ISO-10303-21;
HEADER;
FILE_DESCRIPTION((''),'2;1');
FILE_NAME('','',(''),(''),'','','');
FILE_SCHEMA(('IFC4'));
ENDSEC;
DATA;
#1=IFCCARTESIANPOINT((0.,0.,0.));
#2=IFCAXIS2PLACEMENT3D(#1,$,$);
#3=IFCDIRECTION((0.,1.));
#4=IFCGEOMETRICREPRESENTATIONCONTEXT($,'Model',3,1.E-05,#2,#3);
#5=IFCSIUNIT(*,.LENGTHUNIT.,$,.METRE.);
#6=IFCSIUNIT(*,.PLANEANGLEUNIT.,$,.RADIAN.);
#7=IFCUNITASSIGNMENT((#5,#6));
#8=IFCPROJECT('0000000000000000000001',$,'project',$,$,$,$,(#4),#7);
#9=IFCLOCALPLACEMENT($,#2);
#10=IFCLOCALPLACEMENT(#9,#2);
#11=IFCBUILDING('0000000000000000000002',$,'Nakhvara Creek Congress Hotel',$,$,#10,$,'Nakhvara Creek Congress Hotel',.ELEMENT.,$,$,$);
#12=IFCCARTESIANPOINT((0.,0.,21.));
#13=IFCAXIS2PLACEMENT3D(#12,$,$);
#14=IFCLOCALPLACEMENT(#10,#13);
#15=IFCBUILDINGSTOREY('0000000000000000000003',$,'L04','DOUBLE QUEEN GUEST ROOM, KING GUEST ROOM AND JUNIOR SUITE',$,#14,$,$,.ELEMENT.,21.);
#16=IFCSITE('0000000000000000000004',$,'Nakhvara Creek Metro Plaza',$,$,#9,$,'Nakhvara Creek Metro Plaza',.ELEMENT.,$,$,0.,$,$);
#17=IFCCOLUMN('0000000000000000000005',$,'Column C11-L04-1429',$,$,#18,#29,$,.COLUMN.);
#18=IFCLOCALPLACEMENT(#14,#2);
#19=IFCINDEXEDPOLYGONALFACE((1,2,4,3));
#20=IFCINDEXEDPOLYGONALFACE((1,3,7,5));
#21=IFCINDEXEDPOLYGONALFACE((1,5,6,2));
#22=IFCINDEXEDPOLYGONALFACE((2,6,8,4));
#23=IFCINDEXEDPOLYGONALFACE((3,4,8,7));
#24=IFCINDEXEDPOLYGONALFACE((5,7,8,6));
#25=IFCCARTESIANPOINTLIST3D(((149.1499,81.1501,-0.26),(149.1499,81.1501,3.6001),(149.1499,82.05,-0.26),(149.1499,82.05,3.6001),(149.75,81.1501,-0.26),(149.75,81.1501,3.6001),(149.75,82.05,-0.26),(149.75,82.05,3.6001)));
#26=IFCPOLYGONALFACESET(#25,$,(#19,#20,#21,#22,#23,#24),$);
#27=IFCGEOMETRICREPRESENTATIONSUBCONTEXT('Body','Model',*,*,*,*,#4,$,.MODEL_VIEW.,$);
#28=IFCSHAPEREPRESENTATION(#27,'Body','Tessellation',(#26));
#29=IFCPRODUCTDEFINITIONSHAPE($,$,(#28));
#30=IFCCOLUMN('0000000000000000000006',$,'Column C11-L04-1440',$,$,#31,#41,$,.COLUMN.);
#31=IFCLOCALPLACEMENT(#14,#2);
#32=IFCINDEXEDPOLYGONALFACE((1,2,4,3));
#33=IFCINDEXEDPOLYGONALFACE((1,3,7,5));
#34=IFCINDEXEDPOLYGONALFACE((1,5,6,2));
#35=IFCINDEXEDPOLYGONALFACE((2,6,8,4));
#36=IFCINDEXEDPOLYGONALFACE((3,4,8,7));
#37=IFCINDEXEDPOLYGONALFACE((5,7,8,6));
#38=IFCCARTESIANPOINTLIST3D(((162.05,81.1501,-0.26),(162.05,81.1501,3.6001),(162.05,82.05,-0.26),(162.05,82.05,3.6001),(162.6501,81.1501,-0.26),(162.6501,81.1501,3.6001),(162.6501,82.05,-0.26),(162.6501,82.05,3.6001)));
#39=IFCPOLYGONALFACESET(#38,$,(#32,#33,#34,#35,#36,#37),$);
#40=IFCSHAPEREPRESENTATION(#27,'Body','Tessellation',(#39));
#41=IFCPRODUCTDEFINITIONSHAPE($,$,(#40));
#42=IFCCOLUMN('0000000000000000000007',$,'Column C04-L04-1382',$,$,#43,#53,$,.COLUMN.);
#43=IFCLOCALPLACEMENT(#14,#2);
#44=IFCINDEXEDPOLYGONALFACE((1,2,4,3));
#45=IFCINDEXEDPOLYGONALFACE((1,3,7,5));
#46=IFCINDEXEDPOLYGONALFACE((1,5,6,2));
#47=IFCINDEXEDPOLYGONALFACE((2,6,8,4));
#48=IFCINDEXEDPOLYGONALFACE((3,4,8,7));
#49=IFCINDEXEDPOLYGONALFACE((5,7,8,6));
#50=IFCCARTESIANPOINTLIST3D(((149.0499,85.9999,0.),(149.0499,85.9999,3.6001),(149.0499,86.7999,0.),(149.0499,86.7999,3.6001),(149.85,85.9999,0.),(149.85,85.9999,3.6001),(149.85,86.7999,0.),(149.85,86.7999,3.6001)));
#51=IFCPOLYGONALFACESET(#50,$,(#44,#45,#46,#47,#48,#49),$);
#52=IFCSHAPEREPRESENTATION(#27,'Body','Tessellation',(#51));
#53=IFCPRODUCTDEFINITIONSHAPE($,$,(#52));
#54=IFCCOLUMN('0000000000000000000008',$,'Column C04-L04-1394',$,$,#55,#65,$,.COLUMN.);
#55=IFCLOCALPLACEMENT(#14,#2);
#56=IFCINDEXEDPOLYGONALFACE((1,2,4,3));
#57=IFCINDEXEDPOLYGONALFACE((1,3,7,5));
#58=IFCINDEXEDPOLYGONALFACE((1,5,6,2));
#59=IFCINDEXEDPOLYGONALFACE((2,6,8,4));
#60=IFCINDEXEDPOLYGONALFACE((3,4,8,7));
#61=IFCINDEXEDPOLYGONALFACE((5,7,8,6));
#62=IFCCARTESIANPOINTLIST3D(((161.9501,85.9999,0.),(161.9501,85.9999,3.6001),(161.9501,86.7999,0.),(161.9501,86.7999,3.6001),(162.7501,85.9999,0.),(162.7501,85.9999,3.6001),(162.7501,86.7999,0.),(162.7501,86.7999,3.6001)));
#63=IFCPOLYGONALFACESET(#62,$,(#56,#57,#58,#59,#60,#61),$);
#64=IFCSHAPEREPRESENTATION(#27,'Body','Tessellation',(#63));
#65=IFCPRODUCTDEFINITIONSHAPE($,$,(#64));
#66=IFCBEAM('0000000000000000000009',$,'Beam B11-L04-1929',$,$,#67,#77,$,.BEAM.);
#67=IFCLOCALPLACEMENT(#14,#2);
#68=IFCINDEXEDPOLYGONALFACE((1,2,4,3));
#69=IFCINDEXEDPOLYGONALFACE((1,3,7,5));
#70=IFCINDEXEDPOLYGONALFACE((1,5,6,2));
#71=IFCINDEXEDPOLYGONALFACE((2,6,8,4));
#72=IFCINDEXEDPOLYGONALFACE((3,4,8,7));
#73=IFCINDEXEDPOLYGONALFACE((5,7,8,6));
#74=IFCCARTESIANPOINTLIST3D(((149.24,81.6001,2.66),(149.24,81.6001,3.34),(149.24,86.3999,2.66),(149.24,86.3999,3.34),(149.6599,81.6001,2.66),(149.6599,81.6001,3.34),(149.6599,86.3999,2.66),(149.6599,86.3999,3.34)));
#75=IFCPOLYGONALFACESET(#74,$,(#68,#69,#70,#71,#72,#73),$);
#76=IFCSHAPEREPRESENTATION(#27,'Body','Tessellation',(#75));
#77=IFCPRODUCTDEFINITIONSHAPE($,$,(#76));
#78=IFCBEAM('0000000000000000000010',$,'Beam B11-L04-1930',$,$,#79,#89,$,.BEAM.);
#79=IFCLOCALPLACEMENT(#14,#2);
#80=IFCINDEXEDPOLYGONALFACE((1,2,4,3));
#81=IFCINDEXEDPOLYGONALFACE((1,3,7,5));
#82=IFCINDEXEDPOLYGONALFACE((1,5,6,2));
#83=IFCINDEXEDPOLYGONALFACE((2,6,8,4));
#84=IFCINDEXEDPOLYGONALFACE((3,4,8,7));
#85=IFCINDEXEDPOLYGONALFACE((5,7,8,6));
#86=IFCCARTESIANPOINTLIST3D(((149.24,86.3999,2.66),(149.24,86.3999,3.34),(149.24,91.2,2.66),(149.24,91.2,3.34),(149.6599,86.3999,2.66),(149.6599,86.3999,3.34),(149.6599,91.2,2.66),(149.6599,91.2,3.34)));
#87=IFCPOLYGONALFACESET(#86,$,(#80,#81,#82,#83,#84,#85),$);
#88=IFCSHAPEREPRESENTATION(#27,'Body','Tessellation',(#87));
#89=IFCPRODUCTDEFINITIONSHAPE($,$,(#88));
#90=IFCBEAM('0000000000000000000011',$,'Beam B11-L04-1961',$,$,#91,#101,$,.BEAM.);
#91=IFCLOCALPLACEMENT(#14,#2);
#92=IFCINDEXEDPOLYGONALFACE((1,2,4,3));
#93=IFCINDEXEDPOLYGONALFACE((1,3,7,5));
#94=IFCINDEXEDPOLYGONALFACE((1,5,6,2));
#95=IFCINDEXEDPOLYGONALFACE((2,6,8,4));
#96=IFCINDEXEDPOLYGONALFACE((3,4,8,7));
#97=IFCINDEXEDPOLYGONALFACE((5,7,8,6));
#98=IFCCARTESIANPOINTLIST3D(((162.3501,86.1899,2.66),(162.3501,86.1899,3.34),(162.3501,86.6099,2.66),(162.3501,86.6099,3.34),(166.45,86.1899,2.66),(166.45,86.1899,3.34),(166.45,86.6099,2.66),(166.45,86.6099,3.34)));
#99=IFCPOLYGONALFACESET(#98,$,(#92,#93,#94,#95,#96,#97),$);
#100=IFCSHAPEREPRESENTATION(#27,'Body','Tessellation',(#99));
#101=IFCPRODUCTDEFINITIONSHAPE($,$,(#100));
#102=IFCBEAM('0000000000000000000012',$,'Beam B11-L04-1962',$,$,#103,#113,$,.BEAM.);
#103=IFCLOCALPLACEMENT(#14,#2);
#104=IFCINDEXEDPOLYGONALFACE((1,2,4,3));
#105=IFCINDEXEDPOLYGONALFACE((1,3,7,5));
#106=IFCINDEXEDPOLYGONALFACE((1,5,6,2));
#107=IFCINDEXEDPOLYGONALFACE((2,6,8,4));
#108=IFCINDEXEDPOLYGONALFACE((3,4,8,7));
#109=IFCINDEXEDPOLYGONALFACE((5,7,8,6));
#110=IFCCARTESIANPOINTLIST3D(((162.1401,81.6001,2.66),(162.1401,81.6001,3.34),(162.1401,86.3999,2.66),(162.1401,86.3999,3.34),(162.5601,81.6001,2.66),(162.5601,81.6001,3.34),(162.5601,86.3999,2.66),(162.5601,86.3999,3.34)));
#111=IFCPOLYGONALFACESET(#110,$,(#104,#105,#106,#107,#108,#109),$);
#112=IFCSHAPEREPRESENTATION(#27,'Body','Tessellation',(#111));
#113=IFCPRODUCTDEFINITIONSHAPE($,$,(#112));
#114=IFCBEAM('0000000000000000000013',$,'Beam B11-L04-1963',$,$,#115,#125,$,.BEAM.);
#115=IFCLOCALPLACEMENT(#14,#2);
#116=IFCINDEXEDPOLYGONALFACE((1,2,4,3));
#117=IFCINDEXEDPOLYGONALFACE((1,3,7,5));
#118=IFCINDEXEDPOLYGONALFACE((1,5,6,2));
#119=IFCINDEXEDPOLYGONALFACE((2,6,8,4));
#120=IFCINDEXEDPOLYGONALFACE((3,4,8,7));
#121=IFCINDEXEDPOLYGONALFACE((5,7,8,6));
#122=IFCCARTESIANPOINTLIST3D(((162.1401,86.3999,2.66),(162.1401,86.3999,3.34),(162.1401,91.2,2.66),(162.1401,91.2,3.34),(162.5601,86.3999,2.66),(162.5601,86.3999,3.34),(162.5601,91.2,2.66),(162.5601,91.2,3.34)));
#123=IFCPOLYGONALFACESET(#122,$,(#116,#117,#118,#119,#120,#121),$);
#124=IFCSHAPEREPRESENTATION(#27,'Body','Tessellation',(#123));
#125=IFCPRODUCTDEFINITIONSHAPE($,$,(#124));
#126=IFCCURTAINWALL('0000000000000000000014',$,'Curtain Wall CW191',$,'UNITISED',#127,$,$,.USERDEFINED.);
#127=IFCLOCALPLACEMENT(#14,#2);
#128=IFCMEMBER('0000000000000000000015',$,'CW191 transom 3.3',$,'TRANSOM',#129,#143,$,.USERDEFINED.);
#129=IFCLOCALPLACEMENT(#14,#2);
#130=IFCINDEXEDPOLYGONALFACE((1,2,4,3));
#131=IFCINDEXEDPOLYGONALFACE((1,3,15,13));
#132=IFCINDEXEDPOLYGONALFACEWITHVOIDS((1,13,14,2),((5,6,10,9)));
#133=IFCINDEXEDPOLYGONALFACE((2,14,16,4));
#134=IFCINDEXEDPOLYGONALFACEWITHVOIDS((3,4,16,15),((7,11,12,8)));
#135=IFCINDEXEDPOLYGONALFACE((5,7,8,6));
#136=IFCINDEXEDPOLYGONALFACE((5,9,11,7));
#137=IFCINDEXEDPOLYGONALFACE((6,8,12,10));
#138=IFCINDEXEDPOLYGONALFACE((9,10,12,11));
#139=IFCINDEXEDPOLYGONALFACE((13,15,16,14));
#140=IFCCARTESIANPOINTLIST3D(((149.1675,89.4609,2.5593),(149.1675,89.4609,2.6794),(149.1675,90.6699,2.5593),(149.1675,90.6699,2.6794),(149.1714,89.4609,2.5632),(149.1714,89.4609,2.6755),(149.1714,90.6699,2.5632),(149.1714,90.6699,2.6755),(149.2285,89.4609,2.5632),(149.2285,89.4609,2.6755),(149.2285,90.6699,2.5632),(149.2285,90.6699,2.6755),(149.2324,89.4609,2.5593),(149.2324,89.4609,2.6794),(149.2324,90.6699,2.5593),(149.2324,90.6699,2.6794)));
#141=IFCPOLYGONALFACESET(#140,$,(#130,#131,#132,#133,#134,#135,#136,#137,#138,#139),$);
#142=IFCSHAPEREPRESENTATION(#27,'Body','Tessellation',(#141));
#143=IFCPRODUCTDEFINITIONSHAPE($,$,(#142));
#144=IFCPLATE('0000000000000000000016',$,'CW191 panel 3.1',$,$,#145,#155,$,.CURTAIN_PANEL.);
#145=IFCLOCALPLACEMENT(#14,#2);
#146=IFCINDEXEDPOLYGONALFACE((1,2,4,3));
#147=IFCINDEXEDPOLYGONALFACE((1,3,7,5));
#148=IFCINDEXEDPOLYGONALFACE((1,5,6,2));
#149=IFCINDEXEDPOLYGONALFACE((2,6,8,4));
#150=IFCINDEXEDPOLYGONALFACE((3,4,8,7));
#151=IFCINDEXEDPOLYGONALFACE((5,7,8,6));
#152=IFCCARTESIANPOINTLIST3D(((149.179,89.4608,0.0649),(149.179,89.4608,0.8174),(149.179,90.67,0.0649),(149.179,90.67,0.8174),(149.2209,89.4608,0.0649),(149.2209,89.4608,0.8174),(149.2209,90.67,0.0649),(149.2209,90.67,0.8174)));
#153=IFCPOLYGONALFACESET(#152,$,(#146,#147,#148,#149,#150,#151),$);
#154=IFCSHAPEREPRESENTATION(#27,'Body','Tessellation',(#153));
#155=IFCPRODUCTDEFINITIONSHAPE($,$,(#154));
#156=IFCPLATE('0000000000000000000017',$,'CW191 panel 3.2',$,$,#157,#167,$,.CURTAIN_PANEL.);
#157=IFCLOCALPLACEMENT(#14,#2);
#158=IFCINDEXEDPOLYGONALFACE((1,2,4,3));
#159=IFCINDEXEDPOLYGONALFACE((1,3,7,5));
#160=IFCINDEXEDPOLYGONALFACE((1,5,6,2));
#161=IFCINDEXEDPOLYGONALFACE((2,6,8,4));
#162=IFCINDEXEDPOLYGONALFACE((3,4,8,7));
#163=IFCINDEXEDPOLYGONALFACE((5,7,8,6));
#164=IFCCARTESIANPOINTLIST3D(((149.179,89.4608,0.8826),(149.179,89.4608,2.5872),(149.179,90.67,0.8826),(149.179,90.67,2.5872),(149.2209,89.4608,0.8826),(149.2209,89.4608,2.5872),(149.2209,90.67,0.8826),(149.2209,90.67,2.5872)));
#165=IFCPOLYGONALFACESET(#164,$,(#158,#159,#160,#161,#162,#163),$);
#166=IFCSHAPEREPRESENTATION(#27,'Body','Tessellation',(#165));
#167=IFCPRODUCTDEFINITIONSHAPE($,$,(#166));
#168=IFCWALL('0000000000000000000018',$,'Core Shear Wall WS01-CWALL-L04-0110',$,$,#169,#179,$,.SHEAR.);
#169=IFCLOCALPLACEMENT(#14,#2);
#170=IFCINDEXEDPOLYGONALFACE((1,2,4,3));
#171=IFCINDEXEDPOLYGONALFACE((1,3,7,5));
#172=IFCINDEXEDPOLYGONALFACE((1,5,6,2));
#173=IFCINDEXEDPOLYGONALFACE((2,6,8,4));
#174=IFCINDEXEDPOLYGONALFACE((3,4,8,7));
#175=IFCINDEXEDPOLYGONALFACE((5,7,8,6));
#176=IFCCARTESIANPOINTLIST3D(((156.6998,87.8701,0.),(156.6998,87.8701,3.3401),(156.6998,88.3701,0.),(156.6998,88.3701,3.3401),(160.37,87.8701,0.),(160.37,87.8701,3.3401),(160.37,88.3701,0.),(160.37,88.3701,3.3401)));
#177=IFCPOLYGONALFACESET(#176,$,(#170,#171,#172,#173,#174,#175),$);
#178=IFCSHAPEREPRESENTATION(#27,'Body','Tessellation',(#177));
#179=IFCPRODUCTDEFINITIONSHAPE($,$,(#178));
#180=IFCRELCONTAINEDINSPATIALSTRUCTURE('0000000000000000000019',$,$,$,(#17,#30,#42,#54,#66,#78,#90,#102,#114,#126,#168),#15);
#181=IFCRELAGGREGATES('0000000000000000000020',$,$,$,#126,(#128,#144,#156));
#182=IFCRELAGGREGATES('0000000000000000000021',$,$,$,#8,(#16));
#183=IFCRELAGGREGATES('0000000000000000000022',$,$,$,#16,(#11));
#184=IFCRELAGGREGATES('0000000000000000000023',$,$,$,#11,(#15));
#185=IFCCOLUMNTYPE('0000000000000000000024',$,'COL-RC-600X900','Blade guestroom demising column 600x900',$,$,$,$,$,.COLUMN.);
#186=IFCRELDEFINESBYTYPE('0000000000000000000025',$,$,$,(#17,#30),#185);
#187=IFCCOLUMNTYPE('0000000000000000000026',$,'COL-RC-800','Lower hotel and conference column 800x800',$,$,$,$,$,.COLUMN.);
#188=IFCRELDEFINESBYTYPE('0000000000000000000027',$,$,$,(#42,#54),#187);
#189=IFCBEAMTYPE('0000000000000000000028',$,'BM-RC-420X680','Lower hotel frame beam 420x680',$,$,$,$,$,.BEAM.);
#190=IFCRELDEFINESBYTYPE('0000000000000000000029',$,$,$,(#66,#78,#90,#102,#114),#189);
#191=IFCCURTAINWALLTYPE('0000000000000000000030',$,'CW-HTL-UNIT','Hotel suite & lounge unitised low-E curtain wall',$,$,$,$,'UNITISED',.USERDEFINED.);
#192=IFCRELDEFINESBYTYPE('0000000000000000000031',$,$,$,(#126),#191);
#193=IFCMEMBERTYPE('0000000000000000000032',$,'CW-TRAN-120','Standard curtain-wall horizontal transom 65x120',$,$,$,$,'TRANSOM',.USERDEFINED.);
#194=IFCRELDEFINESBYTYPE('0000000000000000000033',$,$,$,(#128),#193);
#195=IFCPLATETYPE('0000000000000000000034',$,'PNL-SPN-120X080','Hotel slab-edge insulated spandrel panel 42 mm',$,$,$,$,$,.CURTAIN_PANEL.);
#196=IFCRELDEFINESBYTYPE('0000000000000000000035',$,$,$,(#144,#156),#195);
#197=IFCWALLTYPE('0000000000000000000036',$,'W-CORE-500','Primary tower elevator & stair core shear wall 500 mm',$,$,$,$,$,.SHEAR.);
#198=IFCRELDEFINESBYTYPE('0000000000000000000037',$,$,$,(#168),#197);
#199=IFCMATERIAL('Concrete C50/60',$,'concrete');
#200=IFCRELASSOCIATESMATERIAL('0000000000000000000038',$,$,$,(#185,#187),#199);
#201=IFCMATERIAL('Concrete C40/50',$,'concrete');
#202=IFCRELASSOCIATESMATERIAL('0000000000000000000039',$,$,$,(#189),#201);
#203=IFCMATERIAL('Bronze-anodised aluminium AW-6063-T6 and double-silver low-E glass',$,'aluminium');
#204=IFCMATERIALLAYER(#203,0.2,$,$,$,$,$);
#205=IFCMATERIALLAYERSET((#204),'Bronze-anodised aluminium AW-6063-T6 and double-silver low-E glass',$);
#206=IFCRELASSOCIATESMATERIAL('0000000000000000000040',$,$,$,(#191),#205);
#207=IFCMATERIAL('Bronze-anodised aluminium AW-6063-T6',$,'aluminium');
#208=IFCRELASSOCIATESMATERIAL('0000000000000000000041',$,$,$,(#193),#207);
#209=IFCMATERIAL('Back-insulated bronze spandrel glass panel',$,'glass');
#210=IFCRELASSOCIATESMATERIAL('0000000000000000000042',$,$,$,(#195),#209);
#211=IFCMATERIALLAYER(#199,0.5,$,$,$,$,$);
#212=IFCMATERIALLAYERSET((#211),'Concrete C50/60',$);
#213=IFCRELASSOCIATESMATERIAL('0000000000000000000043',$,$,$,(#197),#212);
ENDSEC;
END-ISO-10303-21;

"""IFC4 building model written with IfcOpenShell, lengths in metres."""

from ifc_helpers import new_model, si_unit, direction, frame, frame_2d, origin, origin_2d, place, context, subcontext, project, spatial, rectangle, hollow_rectangle, extrude, material, layer, layer_set, material_profile, profile_set, type_object, element, aggregate, save


model = new_model("IFC4")

# Units and contexts
model_context = context("Model", 3, precision=1e-05, world=origin(), true_north=direction((0.0, 1.0)))
body_context = subcontext(model_context, "Body", "Model", "MODEL_VIEW")
ifc_project = project(units=[si_unit("LENGTHUNIT", "METRE"), si_unit("PLANEANGLEUNIT", "RADIAN")], contexts=[model_context])

# Site, building, storey
site_placement = place(None, origin())
site = spatial("IfcSite", under=ifc_project, at=site_placement, Name="Nakhvara Creek Metro Plaza", LongName="Nakhvara Creek Metro Plaza", CompositionType="ELEMENT", RefElevation=0.0)
building_placement = place(site_placement, origin())
building = spatial("IfcBuilding", under=site, at=building_placement, Name="Nakhvara Creek Congress Hotel", LongName="Nakhvara Creek Congress Hotel", CompositionType="ELEMENT")
storey_placement = place(building_placement, frame((0.0, 0.0, 21.0)))
storey = spatial("IfcBuildingStorey", under=building, at=storey_placement, Name="L04", Description="DOUBLE QUEEN GUEST ROOM, KING GUEST ROOM AND JUNIOR SUITE", CompositionType="ELEMENT", Elevation=21.0)

# Columns
ifc_material_1 = material(Name="Concrete C50/60", Category="concrete")
ifc_material_profile_1 = material_profile(ifc_material_1, rectangle(XDim=0.6001, YDim=0.8999, at=origin_2d()), Name="RC-COL 600x900", Category="LoadBearing")
ifc_profile_set_1 = profile_set([ifc_material_profile_1], Name="Concrete C50/60")
column_type_1 = type_object("IfcColumnType", Name="COL-RC-600X900", Description="Blade guestroom demising column 600x900", PredefinedType="COLUMN", material=ifc_profile_set_1)
for number, where, z_axis, x_axis, name in (
    (1, (149.45, 81.6001, -0.26), (0.0, 0.0, 1.0), (1.0, 0.0, 0.0), "Column C11-L04-1429"),
    (2, (162.3501, 81.6001, -0.26), (0.0, 0.0, 1.0), (1.0, 0.0, 0.0), "Column C11-L04-1440"),
):
    element("IfcColumn", number, at=place(storey_placement, frame(where, z_axis=z_axis, x_axis=x_axis)), inside=storey, type_object=column_type_1, Name=name, PredefinedType="COLUMN", context=body_context, shape_type="SweptSolid", body=[
        extrude(rectangle(XDim=0.6001, YDim=0.8999, at=origin_2d()), origin(), (0.0, 0.0, 1.0), 3.8601),
    ])
ifc_material_profile_2 = material_profile(ifc_material_1, rectangle(XDim=0.8, YDim=0.8, at=origin_2d()), Name="RC-COL 800x800", Category="LoadBearing")
ifc_profile_set_2 = profile_set([ifc_material_profile_2], Name="Concrete C50/60")
column_type_2 = type_object("IfcColumnType", Name="COL-RC-800", Description="Lower hotel and conference column 800x800", PredefinedType="COLUMN", material=ifc_profile_set_2)
for number, where, z_axis, x_axis, name in (
    (3, (149.45, 86.3999, 0.0), (0.0, 0.0, 1.0), (1.0, 0.0, 0.0), "Column C04-L04-1382"),
    (4, (162.3501, 86.3999, 0.0), (0.0, 0.0, 1.0), (1.0, 0.0, 0.0), "Column C04-L04-1394"),
):
    element("IfcColumn", number, at=place(storey_placement, frame(where, z_axis=z_axis, x_axis=x_axis)), inside=storey, type_object=column_type_2, Name=name, PredefinedType="COLUMN", context=body_context, shape_type="SweptSolid", body=[
        extrude(rectangle(XDim=0.8, YDim=0.8, at=origin_2d()), origin(), (0.0, 0.0, 1.0), 3.6001),
    ])

# Beams
ifc_material_2 = material(Name="Concrete C40/50", Category="concrete")
ifc_material_profile_3 = material_profile(ifc_material_2, rectangle(XDim=0.4199, YDim=0.6799, at=origin_2d()), Name="RC-BM 420x680", Category="LoadBearing")
ifc_profile_set_3 = profile_set([ifc_material_profile_3], Name="Concrete C40/50")
beam_type = type_object("IfcBeamType", Name="BM-RC-420X680", Description="Lower hotel frame beam 420x680", PredefinedType="BEAM", material=ifc_profile_set_3)
beam_1_placement = place(storey_placement, frame((149.45, 81.6001, 3.0), z_axis=(0.0, 1.0, 0.0), x_axis=(-1.0, 0.0, 0.0)))
element("IfcBeam", 5, at=beam_1_placement, inside=storey, type_object=beam_type, Name="Beam B11-L04-1929", PredefinedType="BEAM", context=body_context, shape_type="SweptSolid", body=[
    extrude(rectangle(XDim=0.4199, YDim=0.6799, at=origin_2d()), origin(), (0.0, 0.0, 1.0), 4.7998),
])
beam_2_placement = place(storey_placement, frame((149.45, 86.3999, 3.0), z_axis=(0.0, 1.0, 0.0), x_axis=(-1.0, 0.0, 0.0)))
element("IfcBeam", 6, at=beam_2_placement, inside=storey, type_object=beam_type, Name="Beam B11-L04-1930", PredefinedType="BEAM", context=body_context, shape_type="SweptSolid", body=[
    extrude(rectangle(XDim=0.4199, YDim=0.6799, at=origin_2d()), origin(), (0.0, 0.0, 1.0), 4.8),
])
beam_3_placement = place(storey_placement, frame((162.3501, 86.3999, 3.0), z_axis=(1.0, 0.0, 0.0), x_axis=(0.0, 1.0, 0.0)))
element("IfcBeam", 7, at=beam_3_placement, inside=storey, type_object=beam_type, Name="Beam B11-L04-1961", PredefinedType="BEAM", context=body_context, shape_type="SweptSolid", body=[
    extrude(rectangle(XDim=0.4199, YDim=0.6799, at=origin_2d()), origin(), (0.0, 0.0, 1.0), 4.0999),
])
beam_4_placement = place(storey_placement, frame((162.3501, 81.6001, 3.0), z_axis=(0.0, 1.0, 0.0), x_axis=(-1.0, 0.0, 0.0)))
element("IfcBeam", 8, at=beam_4_placement, inside=storey, type_object=beam_type, Name="Beam B11-L04-1962", PredefinedType="BEAM", context=body_context, shape_type="SweptSolid", body=[
    extrude(rectangle(XDim=0.4199, YDim=0.6799, at=origin_2d()), origin(), (0.0, 0.0, 1.0), 4.7998),
])
beam_5_placement = place(storey_placement, frame((162.3501, 86.3999, 3.0), z_axis=(0.0, 1.0, 0.0), x_axis=(-1.0, 0.0, 0.0)))
element("IfcBeam", 9, at=beam_5_placement, inside=storey, type_object=beam_type, Name="Beam B11-L04-1963", PredefinedType="BEAM", context=body_context, shape_type="SweptSolid", body=[
    extrude(rectangle(XDim=0.4199, YDim=0.6799, at=origin_2d()), origin(), (0.0, 0.0, 1.0), 4.8),
])

# Curtain wall, member, plates
ifc_material_3 = material(Name="Bronze-anodised aluminium AW-6063-T6 and double-silver low-E glass", Category="aluminium")
ifc_layer_1 = layer(ifc_material_3, 0.2)
ifc_layer_set_1 = layer_set([ifc_layer_1], Name="Bronze-anodised aluminium AW-6063-T6 and double-silver low-E glass")
curtain_wall_type = type_object("IfcCurtainWallType", Name="CW-HTL-UNIT", Description="Hotel suite & lounge unitised low-E curtain wall", ElementType="UNITISED", PredefinedType="USERDEFINED", material=ifc_layer_set_1)
curtain_wall_placement = place(storey_placement, origin())
curtain_wall = element("IfcCurtainWall", 10, at=curtain_wall_placement, inside=storey, type_object=curtain_wall_type, Name="Curtain Wall CW191", ObjectType="UNITISED", PredefinedType="USERDEFINED")
ifc_material_4 = material(Name="Bronze-anodised aluminium AW-6063-T6", Category="aluminium")
ifc_material_profile_4 = material_profile(ifc_material_4, hollow_rectangle(XDim=0.0649, YDim=0.1201, WallThickness=0.0039, at=origin_2d()), Name="ALU-TRAN 65x120x4", Category="LoadBearing")
ifc_profile_set_4 = profile_set([ifc_material_profile_4], Name="Bronze-anodised aluminium AW-6063-T6")
member_type = type_object("IfcMemberType", Name="CW-TRAN-120", Description="Standard curtain-wall horizontal transom 65x120", ElementType="TRANSOM", PredefinedType="USERDEFINED", material=ifc_profile_set_4)
member_placement = place(storey_placement, frame((149.2, 89.4609, 2.6194), z_axis=(0.0, 1.0, 0.0), x_axis=(-1.0, 0.0, 0.0)))
member = element("IfcMember", 11, at=member_placement, type_object=member_type, Name="CW191 transom 3.3", ObjectType="TRANSOM", PredefinedType="USERDEFINED", context=body_context, shape_type="SweptSolid", body=[
    extrude(hollow_rectangle(XDim=0.0649, YDim=0.1201, WallThickness=0.0039, at=origin_2d()), origin(), (0.0, 0.0, 1.0), 1.209),
])
ifc_material_5 = material(Name="Back-insulated bronze spandrel glass panel", Category="glass")
plate_type = type_object("IfcPlateType", Name="PNL-SPN-120X080", Description="Hotel slab-edge insulated spandrel panel 42 mm", PredefinedType="CURTAIN_PANEL", material=ifc_material_5)
plate_1_placement = place(storey_placement, frame((149.2, 90.0654, 0.0649), z_axis=(0.0, 0.0, 1.0), x_axis=(0.0, 1.0, 0.0)))
plate_1 = element("IfcPlate", 12, at=plate_1_placement, type_object=plate_type, Name="CW191 panel 3.1", PredefinedType="CURTAIN_PANEL", context=body_context, shape_type="SweptSolid", body=[
    extrude(rectangle(XDim=1.2092, YDim=0.042, at=origin_2d()), origin(), (0.0, 0.0, 1.0), 0.7524),
])
plate_2_placement = place(storey_placement, frame((149.2, 90.0654, 0.8826), z_axis=(0.0, 0.0, 1.0), x_axis=(0.0, 1.0, 0.0)))
plate_2 = element("IfcPlate", 13, at=plate_2_placement, type_object=plate_type, Name="CW191 panel 3.2", PredefinedType="CURTAIN_PANEL", context=body_context, shape_type="SweptSolid", body=[
    extrude(rectangle(XDim=1.2092, YDim=0.042, at=origin_2d()), origin(), (0.0, 0.0, 1.0), 1.7046),
])
aggregate(curtain_wall, [member, plate_1, plate_2])

# Wall
ifc_layer_2 = layer(ifc_material_1, 0.5)
ifc_layer_set_2 = layer_set([ifc_layer_2], Name="Concrete C50/60")
wall_type_1 = type_object("IfcWallType", Name="W-CORE-500", Description="Primary tower elevator & stair core shear wall 500 mm", PredefinedType="SHEAR", material=ifc_layer_set_2)
wall_1_placement = place(storey_placement, frame((156.7, 88.1201, 0.0), z_axis=(0.0, 0.0, 1.0), x_axis=(1.0, 0.0, 0.0)))
element("IfcWall", 14, at=wall_1_placement, inside=storey, type_object=wall_type_1, Name="Core Shear Wall WS01-CWALL-L04-0110", PredefinedType="SHEAR", context=body_context, shape_type="SweptSolid", body=[
    extrude(rectangle(XDim=3.6702, YDim=0.5, at=frame_2d((1.835, 0.0))), origin(), (0.0, 0.0, 1.0), 3.3401),
])

save(model, "model.ifc")
